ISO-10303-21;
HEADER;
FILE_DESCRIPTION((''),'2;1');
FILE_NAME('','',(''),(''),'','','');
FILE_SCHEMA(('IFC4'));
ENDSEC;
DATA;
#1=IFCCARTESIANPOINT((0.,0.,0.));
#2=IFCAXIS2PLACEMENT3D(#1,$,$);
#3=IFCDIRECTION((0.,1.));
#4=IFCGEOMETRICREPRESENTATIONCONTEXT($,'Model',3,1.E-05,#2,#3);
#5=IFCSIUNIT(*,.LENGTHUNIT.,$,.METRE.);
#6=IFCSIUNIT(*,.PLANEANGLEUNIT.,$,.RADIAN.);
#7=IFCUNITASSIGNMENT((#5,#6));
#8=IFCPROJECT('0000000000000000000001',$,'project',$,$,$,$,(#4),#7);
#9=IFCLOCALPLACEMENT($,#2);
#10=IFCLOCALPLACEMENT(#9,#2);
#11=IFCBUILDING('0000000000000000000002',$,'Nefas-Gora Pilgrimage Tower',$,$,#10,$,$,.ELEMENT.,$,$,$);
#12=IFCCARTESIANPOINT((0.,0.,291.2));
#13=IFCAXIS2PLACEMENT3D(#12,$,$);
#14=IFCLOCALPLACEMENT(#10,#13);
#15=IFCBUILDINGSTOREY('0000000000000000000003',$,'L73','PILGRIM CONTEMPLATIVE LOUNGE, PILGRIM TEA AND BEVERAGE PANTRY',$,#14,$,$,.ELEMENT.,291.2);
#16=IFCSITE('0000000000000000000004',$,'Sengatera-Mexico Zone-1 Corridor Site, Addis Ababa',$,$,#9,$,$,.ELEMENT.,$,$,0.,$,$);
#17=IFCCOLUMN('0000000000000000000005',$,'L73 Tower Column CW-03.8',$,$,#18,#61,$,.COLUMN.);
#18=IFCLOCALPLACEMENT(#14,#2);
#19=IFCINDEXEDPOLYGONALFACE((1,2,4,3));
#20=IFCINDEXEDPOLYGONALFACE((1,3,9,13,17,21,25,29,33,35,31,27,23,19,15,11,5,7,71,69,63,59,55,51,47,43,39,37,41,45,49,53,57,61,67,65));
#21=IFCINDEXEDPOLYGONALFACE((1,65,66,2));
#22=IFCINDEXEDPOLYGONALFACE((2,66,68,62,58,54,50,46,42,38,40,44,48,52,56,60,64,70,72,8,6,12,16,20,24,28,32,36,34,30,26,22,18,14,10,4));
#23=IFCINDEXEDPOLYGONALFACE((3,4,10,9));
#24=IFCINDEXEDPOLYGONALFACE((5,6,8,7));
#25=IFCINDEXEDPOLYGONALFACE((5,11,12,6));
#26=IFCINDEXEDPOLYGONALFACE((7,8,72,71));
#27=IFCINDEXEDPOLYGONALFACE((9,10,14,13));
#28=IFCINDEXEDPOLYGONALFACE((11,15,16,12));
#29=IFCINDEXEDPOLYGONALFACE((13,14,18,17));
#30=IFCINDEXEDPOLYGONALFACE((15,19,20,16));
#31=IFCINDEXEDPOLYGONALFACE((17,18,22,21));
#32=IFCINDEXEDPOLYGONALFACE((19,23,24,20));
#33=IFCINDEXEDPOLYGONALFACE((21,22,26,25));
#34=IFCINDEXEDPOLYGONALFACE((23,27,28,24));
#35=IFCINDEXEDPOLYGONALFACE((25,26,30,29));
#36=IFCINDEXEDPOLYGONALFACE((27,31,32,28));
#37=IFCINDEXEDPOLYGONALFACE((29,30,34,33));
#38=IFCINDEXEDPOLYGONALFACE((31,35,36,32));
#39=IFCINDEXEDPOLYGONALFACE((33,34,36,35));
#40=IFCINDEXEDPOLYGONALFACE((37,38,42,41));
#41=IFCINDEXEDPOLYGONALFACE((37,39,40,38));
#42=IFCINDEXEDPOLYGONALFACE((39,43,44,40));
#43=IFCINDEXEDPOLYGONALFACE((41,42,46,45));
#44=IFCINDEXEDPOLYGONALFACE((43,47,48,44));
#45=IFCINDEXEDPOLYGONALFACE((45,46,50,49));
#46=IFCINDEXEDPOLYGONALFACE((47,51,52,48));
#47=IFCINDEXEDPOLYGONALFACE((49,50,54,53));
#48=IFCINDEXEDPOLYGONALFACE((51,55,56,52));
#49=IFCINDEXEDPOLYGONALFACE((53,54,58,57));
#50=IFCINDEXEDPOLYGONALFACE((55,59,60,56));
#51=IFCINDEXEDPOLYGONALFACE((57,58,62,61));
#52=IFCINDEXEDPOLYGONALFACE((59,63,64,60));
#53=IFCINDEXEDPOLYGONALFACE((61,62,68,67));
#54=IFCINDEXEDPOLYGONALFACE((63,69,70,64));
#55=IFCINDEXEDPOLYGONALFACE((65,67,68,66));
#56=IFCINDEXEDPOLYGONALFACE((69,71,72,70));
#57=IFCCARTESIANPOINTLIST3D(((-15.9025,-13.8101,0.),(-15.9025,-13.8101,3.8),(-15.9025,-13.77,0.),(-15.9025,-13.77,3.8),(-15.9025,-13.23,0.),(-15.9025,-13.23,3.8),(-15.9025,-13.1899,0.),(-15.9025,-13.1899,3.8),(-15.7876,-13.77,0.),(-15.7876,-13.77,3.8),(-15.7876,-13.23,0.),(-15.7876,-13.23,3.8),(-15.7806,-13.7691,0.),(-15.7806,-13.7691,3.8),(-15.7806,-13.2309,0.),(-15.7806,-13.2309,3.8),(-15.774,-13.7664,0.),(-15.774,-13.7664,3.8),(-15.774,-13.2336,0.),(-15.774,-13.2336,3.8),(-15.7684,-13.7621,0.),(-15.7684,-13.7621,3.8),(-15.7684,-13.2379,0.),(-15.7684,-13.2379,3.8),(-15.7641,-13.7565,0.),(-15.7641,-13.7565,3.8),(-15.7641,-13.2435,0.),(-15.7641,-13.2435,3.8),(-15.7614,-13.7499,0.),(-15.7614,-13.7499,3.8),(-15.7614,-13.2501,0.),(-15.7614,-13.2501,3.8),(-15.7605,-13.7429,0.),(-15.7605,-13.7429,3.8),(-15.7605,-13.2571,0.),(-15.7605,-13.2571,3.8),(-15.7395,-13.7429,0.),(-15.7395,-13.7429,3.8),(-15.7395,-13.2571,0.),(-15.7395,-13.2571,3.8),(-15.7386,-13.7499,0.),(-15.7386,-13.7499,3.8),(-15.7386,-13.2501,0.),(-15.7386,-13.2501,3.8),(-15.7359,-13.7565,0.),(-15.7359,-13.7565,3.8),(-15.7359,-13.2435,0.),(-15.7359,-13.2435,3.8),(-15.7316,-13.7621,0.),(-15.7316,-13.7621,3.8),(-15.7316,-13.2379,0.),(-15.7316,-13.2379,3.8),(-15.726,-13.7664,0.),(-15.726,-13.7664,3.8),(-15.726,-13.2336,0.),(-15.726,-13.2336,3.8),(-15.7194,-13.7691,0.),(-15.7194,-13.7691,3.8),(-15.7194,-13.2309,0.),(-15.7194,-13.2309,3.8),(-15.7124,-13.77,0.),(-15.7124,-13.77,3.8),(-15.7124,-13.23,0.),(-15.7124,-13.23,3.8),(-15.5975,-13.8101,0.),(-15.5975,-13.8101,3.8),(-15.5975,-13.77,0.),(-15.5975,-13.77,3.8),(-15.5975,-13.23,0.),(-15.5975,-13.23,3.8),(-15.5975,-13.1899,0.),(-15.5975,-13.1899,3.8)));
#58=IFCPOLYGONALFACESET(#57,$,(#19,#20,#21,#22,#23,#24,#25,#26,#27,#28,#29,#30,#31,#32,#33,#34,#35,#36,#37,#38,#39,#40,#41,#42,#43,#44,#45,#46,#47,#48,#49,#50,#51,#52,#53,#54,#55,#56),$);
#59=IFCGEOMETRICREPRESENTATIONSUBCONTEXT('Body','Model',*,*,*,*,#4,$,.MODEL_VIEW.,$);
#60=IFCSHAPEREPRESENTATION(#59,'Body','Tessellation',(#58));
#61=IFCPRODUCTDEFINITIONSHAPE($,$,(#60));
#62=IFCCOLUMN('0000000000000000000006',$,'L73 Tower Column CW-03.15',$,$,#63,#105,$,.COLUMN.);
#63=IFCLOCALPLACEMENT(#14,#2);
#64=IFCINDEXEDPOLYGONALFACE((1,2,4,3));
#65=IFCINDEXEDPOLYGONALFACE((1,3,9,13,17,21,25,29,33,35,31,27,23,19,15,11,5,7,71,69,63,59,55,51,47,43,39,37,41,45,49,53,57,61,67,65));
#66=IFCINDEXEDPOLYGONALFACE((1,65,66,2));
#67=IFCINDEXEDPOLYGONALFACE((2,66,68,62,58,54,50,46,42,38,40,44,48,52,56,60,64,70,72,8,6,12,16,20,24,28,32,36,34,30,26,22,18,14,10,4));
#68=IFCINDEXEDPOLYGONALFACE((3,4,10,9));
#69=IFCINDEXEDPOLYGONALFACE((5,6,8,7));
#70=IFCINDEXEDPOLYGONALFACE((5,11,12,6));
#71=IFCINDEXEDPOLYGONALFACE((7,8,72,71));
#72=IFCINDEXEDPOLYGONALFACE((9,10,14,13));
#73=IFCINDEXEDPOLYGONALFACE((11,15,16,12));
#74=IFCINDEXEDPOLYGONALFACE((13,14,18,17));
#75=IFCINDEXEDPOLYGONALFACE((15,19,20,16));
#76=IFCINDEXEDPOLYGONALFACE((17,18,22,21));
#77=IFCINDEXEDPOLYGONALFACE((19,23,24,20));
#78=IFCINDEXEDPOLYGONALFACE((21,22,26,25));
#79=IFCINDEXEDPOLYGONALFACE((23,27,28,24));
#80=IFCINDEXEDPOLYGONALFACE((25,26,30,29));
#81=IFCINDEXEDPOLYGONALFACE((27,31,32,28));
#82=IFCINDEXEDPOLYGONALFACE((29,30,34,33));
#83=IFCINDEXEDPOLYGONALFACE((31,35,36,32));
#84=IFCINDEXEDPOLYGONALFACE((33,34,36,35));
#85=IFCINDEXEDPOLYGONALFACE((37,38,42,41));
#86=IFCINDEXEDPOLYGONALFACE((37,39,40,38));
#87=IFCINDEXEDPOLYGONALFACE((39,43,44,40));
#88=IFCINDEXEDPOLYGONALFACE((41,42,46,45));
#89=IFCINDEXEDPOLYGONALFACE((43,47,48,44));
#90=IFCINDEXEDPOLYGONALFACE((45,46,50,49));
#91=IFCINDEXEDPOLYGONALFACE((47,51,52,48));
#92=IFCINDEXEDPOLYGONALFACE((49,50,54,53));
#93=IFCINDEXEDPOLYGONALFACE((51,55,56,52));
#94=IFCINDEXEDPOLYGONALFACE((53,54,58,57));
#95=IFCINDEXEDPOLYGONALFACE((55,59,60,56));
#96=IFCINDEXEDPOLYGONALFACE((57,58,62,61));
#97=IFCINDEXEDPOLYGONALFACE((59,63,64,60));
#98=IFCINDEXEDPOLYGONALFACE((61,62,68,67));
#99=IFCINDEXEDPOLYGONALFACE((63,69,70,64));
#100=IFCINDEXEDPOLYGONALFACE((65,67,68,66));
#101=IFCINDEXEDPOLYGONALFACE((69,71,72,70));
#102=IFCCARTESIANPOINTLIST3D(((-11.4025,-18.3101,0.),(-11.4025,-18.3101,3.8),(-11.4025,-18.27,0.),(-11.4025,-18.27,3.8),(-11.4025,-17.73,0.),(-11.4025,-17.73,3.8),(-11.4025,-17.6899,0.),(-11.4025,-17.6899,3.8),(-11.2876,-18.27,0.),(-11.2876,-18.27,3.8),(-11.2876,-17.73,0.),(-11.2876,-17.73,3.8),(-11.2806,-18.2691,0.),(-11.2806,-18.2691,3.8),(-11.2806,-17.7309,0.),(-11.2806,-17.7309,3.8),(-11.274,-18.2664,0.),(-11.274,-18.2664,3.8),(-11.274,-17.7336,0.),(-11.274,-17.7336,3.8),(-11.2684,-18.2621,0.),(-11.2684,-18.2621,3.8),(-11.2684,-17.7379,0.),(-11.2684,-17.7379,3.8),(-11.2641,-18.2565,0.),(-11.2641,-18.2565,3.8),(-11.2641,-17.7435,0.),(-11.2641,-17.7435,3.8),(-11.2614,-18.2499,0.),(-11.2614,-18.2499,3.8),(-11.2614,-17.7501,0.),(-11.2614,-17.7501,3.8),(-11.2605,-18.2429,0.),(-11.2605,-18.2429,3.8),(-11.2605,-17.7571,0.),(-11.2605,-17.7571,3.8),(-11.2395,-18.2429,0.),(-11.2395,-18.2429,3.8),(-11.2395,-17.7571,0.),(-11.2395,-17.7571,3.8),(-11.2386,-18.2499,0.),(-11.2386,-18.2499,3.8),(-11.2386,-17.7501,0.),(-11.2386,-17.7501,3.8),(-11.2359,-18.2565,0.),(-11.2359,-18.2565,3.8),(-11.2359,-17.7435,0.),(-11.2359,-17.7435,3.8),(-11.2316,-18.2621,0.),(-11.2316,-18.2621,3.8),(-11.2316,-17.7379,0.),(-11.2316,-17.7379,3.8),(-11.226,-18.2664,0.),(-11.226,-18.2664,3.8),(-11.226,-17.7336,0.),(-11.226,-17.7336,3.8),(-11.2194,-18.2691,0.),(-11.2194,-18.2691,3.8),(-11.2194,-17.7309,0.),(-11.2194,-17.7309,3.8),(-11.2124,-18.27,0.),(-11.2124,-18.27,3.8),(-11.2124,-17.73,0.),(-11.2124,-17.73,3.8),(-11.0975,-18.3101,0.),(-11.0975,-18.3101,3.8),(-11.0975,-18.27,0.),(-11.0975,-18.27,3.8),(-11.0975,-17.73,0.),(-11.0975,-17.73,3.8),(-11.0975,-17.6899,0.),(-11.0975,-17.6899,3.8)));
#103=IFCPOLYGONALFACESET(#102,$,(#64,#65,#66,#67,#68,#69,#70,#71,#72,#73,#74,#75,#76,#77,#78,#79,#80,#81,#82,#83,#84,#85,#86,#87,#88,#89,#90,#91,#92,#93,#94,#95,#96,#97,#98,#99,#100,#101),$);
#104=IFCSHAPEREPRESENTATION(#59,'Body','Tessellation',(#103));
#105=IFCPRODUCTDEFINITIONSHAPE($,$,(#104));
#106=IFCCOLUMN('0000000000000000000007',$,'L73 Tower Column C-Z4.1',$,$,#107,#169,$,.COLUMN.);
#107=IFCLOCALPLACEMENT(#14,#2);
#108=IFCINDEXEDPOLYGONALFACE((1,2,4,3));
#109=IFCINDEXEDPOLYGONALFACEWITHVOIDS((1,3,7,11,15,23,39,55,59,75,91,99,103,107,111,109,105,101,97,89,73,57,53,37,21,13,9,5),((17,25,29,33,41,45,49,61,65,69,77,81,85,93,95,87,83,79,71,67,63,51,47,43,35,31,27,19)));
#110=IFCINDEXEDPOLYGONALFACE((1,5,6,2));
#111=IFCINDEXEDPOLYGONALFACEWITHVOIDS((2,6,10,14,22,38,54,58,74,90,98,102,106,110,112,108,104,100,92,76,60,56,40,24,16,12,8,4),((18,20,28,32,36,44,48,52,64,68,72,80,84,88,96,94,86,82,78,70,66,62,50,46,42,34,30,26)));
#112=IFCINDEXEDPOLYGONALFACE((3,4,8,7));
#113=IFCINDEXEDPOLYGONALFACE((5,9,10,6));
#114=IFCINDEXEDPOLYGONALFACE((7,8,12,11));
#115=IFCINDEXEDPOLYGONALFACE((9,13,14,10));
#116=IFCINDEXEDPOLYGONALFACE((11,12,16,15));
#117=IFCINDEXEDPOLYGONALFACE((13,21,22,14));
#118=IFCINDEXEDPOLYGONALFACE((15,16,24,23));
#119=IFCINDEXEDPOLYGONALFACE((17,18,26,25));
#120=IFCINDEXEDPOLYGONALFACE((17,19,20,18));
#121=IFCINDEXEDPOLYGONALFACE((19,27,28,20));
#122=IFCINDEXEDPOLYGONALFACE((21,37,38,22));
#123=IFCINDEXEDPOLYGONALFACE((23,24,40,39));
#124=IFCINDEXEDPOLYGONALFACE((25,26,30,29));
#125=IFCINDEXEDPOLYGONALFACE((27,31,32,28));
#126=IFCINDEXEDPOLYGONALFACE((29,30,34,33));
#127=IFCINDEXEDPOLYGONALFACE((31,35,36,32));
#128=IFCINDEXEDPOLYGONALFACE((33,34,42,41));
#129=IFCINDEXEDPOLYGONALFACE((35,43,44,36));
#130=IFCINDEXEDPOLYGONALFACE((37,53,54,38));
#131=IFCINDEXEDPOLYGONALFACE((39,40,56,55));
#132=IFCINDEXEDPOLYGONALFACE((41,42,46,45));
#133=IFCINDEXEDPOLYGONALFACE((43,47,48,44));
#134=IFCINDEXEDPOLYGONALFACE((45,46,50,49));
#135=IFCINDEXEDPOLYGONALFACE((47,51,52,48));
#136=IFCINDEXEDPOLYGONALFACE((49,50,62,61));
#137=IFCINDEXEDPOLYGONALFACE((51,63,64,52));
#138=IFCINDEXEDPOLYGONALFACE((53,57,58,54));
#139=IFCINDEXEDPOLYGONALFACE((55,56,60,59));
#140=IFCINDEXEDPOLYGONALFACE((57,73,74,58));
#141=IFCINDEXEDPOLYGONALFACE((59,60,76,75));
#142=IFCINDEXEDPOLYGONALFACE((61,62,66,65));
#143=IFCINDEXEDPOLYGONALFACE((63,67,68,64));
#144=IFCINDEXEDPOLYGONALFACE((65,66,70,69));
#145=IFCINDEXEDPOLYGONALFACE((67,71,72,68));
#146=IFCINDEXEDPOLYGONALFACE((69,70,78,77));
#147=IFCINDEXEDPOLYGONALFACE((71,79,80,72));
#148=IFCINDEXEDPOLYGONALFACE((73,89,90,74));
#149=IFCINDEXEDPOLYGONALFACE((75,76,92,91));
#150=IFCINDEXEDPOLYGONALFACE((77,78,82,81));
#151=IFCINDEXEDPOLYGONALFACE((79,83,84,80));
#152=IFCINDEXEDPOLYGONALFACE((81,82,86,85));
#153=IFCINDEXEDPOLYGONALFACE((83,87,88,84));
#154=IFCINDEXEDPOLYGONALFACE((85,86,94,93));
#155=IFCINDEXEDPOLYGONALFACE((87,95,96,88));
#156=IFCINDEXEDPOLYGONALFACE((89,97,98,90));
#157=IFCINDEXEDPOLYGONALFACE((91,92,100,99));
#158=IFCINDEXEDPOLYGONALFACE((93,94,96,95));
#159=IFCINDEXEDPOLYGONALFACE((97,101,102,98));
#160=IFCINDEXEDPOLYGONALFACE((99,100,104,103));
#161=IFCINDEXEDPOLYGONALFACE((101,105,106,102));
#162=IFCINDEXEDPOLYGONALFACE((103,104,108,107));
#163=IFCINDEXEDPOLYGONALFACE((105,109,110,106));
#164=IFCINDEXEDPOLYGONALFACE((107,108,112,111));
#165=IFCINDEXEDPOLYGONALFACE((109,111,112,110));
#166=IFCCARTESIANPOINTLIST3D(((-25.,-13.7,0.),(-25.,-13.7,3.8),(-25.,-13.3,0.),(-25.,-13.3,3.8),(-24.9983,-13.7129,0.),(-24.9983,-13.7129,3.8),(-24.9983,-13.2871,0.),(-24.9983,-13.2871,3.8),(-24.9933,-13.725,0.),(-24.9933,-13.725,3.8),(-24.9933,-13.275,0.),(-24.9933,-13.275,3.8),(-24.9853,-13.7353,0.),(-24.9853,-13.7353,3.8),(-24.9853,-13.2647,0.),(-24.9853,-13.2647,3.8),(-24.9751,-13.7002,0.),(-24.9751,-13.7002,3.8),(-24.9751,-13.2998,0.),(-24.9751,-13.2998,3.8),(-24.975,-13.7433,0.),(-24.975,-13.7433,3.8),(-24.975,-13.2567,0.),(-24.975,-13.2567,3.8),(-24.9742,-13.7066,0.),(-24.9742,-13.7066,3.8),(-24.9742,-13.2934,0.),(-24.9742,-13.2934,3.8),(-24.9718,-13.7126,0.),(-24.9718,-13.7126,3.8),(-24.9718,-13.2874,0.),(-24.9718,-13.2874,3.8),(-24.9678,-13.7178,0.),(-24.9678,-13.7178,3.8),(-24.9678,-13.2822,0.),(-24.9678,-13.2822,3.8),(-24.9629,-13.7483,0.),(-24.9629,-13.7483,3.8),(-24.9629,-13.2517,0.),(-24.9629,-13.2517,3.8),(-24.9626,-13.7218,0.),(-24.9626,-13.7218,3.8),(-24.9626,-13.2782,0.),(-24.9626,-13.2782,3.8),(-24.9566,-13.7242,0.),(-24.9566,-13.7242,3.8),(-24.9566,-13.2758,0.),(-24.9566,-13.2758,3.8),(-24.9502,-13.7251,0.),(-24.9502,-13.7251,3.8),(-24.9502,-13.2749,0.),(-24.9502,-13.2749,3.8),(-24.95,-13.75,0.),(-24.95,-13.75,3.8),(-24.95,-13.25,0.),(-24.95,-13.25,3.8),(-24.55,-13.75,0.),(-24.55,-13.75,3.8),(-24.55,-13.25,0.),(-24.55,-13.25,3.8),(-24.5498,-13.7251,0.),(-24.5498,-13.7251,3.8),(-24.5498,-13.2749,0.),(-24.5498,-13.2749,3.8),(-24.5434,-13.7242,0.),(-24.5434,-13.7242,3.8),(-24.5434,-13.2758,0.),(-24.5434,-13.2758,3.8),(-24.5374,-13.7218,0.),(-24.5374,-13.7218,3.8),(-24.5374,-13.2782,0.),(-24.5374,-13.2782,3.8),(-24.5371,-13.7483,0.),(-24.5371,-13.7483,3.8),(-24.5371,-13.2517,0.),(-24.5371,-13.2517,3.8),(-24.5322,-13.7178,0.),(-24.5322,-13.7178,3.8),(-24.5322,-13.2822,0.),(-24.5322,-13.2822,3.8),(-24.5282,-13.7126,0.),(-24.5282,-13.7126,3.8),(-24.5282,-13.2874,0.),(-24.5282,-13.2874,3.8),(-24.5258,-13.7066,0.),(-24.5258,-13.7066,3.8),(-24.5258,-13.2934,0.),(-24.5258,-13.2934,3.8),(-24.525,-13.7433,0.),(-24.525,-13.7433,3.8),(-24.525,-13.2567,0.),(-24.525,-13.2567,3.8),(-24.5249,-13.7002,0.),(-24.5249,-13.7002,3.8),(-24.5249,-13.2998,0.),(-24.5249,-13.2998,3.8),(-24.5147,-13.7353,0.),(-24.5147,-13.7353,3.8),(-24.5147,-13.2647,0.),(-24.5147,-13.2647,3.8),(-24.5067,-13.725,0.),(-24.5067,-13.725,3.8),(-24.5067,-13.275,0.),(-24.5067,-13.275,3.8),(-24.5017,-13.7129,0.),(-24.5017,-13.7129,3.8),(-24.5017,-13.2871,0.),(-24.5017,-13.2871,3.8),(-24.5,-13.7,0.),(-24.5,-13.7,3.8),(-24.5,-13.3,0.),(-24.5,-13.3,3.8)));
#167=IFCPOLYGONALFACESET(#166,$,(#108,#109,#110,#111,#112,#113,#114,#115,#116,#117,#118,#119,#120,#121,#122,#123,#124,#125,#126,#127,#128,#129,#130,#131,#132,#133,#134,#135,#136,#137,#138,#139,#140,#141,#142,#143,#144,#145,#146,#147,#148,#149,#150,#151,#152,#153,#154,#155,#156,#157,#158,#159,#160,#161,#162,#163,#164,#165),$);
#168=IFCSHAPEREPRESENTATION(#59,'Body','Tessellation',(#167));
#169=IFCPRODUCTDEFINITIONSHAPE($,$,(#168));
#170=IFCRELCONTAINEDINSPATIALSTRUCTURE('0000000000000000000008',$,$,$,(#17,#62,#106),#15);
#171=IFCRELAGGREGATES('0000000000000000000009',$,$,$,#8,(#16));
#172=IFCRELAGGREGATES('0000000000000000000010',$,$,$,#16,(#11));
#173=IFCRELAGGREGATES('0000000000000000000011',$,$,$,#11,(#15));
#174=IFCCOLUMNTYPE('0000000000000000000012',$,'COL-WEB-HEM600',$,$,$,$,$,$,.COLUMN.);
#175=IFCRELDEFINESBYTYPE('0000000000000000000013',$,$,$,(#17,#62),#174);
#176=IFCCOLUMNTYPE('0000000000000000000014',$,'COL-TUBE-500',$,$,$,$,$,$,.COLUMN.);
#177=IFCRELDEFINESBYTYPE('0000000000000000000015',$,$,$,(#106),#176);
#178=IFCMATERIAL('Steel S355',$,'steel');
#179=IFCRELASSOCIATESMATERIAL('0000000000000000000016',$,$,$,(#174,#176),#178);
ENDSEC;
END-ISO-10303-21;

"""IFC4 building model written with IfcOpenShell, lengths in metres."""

from ifc_helpers import new_model, si_unit, direction, frame, origin, origin_2d, place, context, subcontext, project, spatial, hollow_rectangle, i_section, extrude, source, transform, mapped, material, material_profile, profile_set, type_object, element, save


model = new_model("IFC4")

# Units and contexts
model_context = context("Model", 3, precision=1e-05, world=origin(), true_north=direction((0.0, 1.0)))
body_context = subcontext(model_context, "Body", "Model", "MODEL_VIEW")
ifc_project = project(units=[si_unit("LENGTHUNIT", "METRE"), si_unit("PLANEANGLEUNIT", "RADIAN")], contexts=[model_context])

# Site, building, storey
site_placement = place(None, origin())
site = spatial("IfcSite", under=ifc_project, at=site_placement, Name="Sengatera-Mexico Zone-1 Corridor Site, Addis Ababa", CompositionType="ELEMENT", RefElevation=0.0)
building_placement = place(site_placement, origin())
building = spatial("IfcBuilding", under=site, at=building_placement, Name="Nefas-Gora Pilgrimage Tower", CompositionType="ELEMENT")
storey_placement = place(building_placement, frame((0.0, 0.0, 291.2)))
storey = spatial("IfcBuildingStorey", under=building, at=storey_placement, Name="L73", Description="PILGRIM CONTEMPLATIVE LOUNGE, PILGRIM TEA AND BEVERAGE PANTRY", CompositionType="ELEMENT", Elevation=291.2)

# Columns
ifc_material_1 = material(Name="Steel S355", Category="steel")
ifc_material_profile_1 = material_profile(ifc_material_1, i_section(OverallWidth=0.3049, OverallDepth=0.6201, WebThickness=0.021, FlangeThickness=0.04, FilletRadius=0.0271, at=origin_2d()), Name="HEM 600")
ifc_profile_set_1 = profile_set([ifc_material_profile_1], Name="Steel S355")
column_type_1 = type_object("IfcColumnType", Name="COL-WEB-HEM600", PredefinedType="COLUMN", material=ifc_profile_set_1)
shared_shape_1 = source(origin(), body_context, "Body", "SweptSolid", [
    extrude(i_section(OverallWidth=0.3049, OverallDepth=0.6201, WebThickness=0.021, FlangeThickness=0.04, FilletRadius=0.0271, at=origin_2d()), origin(), (0.0, 0.0, 1.0), 3.8),
])
for number, where, z_axis, x_axis, name in (
    (1, (-15.75, -13.5, 0.0), (0.0, 0.0, 1.0), (1.0, 0.0, 0.0), "L73 Tower Column CW-03.8"),
    (2, (-11.25, -18.0, 0.0), (0.0, 0.0, 1.0), (1.0, 0.0, 0.0), "L73 Tower Column CW-03.15"),
):
    element("IfcColumn", number, at=place(storey_placement, frame(where, z_axis=z_axis, x_axis=x_axis)), inside=storey, type_object=column_type_1, Name=name, PredefinedType="COLUMN", context=body_context, shape_type="MappedRepresentation", body=[
        mapped(shared_shape_1, transform((0.0, 0.0, 0.0), x_axis=(1.0, 0.0, 0.0), y_axis=(0.0, 1.0, 0.0), z_axis=(0.0, 0.0, 1.0), scale=1.0)),
    ])
ifc_material_profile_2 = material_profile(ifc_material_1, hollow_rectangle(XDim=0.5, YDim=0.5, WallThickness=0.0249, InnerFilletRadius=0.0249, OuterFilletRadius=0.05, at=origin_2d()), Name="SHS 500x500x25")
ifc_profile_set_2 = profile_set([ifc_material_profile_2], Name="Steel S355")
column_type_2 = type_object("IfcColumnType", Name="COL-TUBE-500", PredefinedType="COLUMN", material=ifc_profile_set_2)
shared_shape_2 = source(origin(), body_context, "Body", "SweptSolid", [
    extrude(hollow_rectangle(XDim=0.5, YDim=0.5, WallThickness=0.0249, InnerFilletRadius=0.0249, OuterFilletRadius=0.05, at=origin_2d()), origin(), (0.0, 0.0, 1.0), 3.8),
])
for number, where, z_axis, x_axis, name in (
    (3, (-24.75, -13.5, 0.0), (0.0, 0.0, 1.0), (1.0, 0.0, 0.0), "L73 Tower Column C-Z4.1"),
):
    element("IfcColumn", number, at=place(storey_placement, frame(where, z_axis=z_axis, x_axis=x_axis)), inside=storey, type_object=column_type_2, Name=name, PredefinedType="COLUMN", context=body_context, shape_type="MappedRepresentation", body=[
        mapped(shared_shape_2, transform((0.0, 0.0, 0.0), x_axis=(1.0, 0.0, 0.0), y_axis=(0.0, 1.0, 0.0), z_axis=(0.0, 0.0, 1.0), scale=1.0)),
    ])

save(model, "model.ifc")
